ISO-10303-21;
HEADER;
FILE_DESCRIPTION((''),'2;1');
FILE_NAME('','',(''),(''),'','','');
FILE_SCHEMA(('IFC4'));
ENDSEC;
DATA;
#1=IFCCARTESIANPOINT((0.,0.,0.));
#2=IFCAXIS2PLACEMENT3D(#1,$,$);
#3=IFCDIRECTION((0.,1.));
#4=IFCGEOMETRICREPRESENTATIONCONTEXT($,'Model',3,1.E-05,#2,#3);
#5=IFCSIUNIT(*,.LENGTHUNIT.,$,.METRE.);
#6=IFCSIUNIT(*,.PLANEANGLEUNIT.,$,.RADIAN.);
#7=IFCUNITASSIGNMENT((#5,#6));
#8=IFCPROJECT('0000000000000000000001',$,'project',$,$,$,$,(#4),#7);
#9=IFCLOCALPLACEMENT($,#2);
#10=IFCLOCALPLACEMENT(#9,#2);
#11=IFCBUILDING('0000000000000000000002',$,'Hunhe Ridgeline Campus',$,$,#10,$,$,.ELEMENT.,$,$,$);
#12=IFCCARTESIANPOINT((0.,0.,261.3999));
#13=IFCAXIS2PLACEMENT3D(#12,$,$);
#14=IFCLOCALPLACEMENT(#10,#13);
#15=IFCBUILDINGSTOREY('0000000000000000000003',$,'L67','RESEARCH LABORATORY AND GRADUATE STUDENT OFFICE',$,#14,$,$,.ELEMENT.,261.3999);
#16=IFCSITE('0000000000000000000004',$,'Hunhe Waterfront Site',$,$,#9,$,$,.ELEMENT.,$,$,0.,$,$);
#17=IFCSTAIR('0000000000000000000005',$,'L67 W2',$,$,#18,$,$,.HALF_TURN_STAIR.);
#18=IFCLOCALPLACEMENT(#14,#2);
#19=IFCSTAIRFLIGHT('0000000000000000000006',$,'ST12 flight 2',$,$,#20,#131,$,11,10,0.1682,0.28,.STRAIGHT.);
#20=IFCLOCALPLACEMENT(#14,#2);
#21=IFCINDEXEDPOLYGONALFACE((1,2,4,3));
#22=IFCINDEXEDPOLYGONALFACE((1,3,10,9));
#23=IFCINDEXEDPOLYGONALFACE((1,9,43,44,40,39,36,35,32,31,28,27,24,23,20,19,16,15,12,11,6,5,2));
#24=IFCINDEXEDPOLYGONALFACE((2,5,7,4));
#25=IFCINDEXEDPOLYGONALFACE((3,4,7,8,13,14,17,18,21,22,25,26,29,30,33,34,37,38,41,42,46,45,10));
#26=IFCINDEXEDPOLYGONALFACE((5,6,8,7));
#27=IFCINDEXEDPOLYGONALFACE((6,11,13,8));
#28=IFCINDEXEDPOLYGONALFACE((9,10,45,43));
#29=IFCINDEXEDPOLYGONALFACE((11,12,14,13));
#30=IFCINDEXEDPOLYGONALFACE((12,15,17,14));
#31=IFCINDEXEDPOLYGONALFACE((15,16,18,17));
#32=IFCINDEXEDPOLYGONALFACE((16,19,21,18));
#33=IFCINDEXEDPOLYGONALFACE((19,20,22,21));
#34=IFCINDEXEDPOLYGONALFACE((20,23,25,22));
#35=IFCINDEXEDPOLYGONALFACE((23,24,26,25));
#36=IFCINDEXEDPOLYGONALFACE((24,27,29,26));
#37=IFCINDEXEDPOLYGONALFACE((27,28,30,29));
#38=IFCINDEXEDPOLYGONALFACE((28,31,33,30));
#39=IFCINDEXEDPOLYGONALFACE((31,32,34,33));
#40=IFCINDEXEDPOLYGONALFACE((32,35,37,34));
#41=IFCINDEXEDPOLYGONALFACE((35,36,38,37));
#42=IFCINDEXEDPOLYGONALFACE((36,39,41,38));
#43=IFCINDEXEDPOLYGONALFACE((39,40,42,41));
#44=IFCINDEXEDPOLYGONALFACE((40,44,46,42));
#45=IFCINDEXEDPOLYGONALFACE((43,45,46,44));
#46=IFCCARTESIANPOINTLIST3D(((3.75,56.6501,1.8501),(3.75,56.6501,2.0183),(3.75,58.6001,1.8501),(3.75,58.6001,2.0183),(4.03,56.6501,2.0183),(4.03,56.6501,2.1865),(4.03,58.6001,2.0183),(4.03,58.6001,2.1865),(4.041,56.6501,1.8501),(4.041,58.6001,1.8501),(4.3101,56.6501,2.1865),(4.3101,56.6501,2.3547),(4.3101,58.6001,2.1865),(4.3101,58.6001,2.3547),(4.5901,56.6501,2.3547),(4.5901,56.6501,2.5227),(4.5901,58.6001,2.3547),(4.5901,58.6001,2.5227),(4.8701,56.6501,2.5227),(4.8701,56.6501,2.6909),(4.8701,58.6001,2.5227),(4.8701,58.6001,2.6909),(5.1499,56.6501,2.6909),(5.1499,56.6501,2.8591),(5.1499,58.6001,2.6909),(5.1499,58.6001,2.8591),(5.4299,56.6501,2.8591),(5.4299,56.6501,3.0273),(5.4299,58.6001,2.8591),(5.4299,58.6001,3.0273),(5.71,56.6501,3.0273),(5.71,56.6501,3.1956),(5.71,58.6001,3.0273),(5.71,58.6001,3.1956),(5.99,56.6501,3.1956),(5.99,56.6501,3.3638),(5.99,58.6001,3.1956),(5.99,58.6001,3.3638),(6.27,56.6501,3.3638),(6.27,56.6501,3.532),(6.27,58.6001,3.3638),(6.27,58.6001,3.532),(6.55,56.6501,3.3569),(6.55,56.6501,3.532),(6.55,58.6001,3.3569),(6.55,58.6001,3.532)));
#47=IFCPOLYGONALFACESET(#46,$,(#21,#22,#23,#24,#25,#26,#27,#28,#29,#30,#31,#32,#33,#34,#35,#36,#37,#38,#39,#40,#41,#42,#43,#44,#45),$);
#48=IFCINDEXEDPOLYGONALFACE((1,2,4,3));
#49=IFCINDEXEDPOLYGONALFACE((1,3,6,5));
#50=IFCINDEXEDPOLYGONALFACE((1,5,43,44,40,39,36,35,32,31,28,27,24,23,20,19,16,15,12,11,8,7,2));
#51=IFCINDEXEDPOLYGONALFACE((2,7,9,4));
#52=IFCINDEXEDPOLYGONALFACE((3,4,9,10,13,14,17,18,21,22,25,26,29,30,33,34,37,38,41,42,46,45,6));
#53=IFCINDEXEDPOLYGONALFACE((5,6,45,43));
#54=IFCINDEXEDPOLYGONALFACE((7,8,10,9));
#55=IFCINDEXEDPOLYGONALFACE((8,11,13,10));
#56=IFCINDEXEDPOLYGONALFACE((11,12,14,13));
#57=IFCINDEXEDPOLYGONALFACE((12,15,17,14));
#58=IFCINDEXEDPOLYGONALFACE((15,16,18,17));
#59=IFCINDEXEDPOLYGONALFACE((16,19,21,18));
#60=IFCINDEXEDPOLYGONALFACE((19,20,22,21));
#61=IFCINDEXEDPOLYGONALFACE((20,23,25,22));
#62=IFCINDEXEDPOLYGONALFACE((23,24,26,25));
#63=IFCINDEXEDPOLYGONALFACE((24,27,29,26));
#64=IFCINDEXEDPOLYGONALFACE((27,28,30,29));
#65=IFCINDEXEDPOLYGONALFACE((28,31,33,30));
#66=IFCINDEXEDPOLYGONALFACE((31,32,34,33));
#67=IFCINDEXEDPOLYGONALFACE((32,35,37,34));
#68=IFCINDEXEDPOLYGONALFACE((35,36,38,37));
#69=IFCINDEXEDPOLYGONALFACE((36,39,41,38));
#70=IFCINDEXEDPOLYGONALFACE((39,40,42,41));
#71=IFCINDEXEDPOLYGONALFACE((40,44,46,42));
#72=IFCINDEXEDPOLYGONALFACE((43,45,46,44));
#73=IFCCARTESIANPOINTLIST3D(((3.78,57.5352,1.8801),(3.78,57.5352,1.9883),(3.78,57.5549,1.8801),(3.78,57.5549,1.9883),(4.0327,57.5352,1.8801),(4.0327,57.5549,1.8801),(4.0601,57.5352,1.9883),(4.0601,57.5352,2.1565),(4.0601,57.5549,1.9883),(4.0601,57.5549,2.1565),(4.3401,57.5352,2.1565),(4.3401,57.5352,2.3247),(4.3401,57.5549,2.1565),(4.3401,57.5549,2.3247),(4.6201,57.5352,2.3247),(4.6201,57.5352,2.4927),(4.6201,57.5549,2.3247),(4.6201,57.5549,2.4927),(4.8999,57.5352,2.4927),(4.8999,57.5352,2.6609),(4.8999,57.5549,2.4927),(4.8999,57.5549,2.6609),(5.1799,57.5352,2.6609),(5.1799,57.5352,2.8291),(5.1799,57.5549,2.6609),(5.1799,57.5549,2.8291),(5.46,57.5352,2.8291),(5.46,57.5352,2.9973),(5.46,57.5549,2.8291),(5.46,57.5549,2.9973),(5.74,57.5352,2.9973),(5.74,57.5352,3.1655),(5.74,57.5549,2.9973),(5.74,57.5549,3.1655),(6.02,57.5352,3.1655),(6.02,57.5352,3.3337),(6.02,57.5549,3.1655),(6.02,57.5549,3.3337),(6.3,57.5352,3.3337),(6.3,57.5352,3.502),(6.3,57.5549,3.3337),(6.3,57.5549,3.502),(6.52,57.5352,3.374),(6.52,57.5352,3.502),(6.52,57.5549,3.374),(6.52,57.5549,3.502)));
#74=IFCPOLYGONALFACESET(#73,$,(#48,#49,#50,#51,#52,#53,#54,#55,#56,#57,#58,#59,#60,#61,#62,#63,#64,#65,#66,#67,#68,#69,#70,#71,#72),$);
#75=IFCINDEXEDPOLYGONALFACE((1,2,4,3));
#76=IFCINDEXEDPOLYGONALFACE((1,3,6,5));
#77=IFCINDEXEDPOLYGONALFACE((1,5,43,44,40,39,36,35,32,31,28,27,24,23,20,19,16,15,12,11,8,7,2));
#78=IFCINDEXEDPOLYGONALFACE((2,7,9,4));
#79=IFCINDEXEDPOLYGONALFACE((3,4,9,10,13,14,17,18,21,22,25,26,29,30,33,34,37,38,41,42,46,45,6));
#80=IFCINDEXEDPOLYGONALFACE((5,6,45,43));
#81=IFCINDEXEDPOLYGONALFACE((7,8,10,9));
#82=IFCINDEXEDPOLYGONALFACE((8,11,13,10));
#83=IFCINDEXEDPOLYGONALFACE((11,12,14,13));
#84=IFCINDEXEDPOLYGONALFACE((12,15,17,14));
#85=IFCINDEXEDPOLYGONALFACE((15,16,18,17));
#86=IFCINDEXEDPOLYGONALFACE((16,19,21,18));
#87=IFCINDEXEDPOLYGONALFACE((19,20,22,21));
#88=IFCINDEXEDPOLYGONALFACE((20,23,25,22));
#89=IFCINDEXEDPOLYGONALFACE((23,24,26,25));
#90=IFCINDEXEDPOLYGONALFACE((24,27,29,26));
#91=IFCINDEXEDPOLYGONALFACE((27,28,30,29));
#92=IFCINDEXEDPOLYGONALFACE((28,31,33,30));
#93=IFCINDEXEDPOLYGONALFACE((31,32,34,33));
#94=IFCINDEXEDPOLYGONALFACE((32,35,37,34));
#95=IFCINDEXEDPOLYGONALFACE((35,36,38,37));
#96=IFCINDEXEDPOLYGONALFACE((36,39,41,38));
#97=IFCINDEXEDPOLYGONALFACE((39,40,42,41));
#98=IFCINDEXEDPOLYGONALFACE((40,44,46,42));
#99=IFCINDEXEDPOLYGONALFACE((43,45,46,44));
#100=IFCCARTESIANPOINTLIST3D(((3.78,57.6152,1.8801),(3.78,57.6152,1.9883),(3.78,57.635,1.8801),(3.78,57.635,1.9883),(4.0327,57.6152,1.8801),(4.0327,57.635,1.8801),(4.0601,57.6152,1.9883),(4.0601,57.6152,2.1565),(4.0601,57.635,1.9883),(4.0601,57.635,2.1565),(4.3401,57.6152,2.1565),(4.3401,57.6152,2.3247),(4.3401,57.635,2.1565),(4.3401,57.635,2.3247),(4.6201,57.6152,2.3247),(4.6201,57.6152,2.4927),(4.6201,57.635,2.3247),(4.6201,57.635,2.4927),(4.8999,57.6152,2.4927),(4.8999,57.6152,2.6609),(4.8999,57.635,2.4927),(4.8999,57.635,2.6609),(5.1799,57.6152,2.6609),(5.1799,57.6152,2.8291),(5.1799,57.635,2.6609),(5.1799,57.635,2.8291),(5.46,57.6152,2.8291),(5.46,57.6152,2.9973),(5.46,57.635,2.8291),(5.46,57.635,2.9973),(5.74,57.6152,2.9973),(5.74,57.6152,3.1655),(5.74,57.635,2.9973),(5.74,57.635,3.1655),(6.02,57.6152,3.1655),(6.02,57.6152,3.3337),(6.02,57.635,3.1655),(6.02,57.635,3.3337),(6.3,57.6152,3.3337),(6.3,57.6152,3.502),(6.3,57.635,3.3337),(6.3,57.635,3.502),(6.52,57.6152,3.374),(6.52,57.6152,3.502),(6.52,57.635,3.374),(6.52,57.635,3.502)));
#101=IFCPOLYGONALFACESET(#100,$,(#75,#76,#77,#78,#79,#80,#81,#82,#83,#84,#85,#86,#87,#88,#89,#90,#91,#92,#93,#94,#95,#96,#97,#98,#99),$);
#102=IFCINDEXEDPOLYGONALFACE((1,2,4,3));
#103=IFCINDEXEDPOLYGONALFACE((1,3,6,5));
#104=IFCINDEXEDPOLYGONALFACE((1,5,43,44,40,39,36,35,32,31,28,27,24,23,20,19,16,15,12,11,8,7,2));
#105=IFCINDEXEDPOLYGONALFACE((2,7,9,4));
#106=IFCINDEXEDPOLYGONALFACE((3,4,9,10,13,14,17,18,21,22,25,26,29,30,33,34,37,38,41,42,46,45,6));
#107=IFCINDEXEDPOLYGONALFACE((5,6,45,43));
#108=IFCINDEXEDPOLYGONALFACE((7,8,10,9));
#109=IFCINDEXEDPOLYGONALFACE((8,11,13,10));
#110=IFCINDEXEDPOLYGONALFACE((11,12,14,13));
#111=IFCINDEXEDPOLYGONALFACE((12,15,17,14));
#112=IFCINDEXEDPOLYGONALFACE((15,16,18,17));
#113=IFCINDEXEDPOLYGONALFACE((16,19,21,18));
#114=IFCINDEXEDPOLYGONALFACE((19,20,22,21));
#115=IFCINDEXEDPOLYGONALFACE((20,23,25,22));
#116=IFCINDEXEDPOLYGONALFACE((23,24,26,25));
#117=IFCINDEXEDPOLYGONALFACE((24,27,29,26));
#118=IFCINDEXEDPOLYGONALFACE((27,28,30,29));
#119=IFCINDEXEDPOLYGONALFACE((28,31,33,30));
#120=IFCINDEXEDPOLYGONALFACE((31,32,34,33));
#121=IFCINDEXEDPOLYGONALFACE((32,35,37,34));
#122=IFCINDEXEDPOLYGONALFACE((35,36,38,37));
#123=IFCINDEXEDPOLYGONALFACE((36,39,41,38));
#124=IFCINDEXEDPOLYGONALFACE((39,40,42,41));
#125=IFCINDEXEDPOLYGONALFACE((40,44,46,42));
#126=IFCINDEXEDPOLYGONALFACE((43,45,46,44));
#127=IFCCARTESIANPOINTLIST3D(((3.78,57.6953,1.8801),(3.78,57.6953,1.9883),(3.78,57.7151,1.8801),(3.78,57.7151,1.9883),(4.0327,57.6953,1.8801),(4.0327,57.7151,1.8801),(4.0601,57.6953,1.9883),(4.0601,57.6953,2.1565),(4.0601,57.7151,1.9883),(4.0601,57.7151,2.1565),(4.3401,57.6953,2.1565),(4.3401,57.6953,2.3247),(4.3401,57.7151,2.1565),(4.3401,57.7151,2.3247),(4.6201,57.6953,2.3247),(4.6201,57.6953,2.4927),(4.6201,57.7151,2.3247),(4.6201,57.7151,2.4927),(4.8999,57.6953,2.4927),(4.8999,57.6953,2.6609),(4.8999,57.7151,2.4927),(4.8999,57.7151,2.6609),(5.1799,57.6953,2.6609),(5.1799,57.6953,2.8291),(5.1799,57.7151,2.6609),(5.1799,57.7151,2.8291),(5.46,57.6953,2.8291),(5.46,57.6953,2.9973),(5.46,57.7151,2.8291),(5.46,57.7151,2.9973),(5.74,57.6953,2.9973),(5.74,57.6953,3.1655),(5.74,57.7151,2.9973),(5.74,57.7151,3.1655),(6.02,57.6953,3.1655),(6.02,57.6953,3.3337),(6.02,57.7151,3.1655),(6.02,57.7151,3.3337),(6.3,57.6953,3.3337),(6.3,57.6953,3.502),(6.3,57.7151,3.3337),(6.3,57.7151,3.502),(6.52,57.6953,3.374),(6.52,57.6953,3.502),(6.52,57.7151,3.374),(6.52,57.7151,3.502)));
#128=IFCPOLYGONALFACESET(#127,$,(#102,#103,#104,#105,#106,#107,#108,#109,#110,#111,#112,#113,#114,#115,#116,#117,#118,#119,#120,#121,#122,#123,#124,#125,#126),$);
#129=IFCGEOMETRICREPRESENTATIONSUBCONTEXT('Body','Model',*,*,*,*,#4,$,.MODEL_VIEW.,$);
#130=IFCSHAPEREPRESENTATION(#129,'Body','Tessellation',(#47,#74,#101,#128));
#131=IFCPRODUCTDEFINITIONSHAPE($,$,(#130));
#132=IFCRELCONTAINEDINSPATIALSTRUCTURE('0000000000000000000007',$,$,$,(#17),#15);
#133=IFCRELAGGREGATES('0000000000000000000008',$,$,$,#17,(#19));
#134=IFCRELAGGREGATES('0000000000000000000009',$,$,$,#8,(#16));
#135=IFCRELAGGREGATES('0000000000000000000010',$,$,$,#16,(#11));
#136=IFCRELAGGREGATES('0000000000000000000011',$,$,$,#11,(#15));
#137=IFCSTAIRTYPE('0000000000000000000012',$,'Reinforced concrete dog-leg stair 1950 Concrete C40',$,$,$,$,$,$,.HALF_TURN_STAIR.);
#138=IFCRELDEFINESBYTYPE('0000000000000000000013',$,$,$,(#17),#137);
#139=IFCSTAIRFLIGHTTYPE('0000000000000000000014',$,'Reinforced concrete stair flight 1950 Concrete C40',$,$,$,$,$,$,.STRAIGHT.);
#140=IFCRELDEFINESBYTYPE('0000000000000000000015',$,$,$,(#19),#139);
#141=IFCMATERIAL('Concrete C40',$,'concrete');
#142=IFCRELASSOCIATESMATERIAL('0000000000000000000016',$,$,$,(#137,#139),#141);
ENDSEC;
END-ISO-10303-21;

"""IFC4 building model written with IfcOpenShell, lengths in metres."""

from ifc_helpers import new_model, si_unit, direction, frame, origin, place, context, subcontext, project, spatial, polyline, outline, extrude, material, type_object, element, aggregate, save


model = new_model("IFC4")

# Units and contexts
model_context = context("Model", 3, precision=1e-05, world=origin(), true_north=direction((0.0, 1.0)))
body_context = subcontext(model_context, "Body", "Model", "MODEL_VIEW")
ifc_project = project(units=[si_unit("LENGTHUNIT", "METRE"), si_unit("PLANEANGLEUNIT", "RADIAN")], contexts=[model_context])

# Site, building, storey
site_placement = place(None, origin())
site = spatial("IfcSite", under=ifc_project, at=site_placement, Name="Hunhe Waterfront Site", CompositionType="ELEMENT", RefElevation=0.0)
building_placement = place(site_placement, origin())
building = spatial("IfcBuilding", under=site, at=building_placement, Name="Hunhe Ridgeline Campus", CompositionType="ELEMENT")
storey_placement = place(building_placement, frame((0.0, 0.0, 261.3999)))
storey = spatial("IfcBuildingStorey", under=building, at=storey_placement, Name="L67", Description="RESEARCH LABORATORY AND GRADUATE STUDENT OFFICE", CompositionType="ELEMENT", Elevation=261.3999)

# Shared definitions
ifc_material_1 = material(Name="Concrete C40", Category="concrete")
stair_type = type_object("IfcStairType", Name="Reinforced concrete dog-leg stair 1950 Concrete C40", PredefinedType="HALF_TURN_STAIR", material=ifc_material_1)
stair_flight_type = type_object("IfcStairFlightType", Name="Reinforced concrete stair flight 1950 Concrete C40", PredefinedType="STRAIGHT", material=ifc_material_1)

# Stair, stair flight
stair_1_placement = place(storey_placement, origin())
stair_1 = element("IfcStair", 1, at=stair_1_placement, inside=storey, type_object=stair_type, Name="L67 W2", PredefinedType="HALF_TURN_STAIR")
stair_flight_1_placement = place(storey_placement, frame((3.75, 57.625, 1.8501), z_axis=(0.0, 0.0, 1.0), x_axis=(1.0, 0.0, 0.0)))
stair_flight_1 = element("IfcStairFlight", 2, at=stair_flight_1_placement, type_object=stair_flight_type, Name="ST12 flight 2", NumberOfRisers=11, NumberOfTreads=10, PredefinedType="STRAIGHT", RiserHeight=0.1682, TreadLength=0.28, context=body_context, shape_type="SweptSolid", body=[
    extrude(outline(polyline([(0.0, 0.0), (0.0, 0.1682), (0.28, 0.1682), (0.28, 0.3364), (0.5601, 0.3364), (0.5601, 0.5046), (0.8401, 0.5046), (0.8401, 0.6726), (1.1201, 0.6726), (1.1201, 0.8408), (1.3999, 0.8408), (1.3999, 1.009), (1.6799, 1.009), (1.6799, 1.1772), (1.96, 1.1772), (1.96, 1.3455), (2.24, 1.3455), (2.24, 1.5137), (2.52, 1.5137), (2.52, 1.6819), (2.8, 1.6819), (2.8, 1.8501), (2.8, 1.5068), (0.291, 0.0), (0.0, 0.0)])), frame((0.0, 0.9751, 0.0), z_axis=(0.0, -1.0, 0.0), x_axis=(1.0, 0.0, 0.0)), (0.0, 0.0, 1.0), 1.95),
    extrude(outline(polyline([(0.03, 0.03), (0.03, 0.1382), (0.3101, 0.1382), (0.3101, 0.3064), (0.5901, 0.3064), (0.5901, 0.4746), (0.8701, 0.4746), (0.8701, 0.6426), (1.1499, 0.6426), (1.1499, 0.8108), (1.4299, 0.8108), (1.4299, 0.979), (1.71, 0.979), (1.71, 1.1472), (1.99, 1.1472), (1.99, 1.3154), (2.27, 1.3154), (2.27, 1.4836), (2.55, 1.4836), (2.55, 1.6519), (2.77, 1.6519), (2.77, 1.5239), (0.2827, 0.03), (0.03, 0.03)])), frame((0.0, -0.0701, 0.0), z_axis=(0.0, -1.0, 0.0), x_axis=(1.0, 0.0, 0.0)), (0.0, 0.0, 1.0), 0.0198),
    extrude(outline(polyline([(0.03, 0.03), (0.03, 0.1382), (0.3101, 0.1382), (0.3101, 0.3064), (0.5901, 0.3064), (0.5901, 0.4746), (0.8701, 0.4746), (0.8701, 0.6426), (1.1499, 0.6426), (1.1499, 0.8108), (1.4299, 0.8108), (1.4299, 0.979), (1.71, 0.979), (1.71, 1.1472), (1.99, 1.1472), (1.99, 1.3154), (2.27, 1.3154), (2.27, 1.4836), (2.55, 1.4836), (2.55, 1.6519), (2.77, 1.6519), (2.77, 1.5239), (0.2827, 0.03), (0.03, 0.03)])), frame((0.0, 0.01, 0.0), z_axis=(0.0, -1.0, 0.0), x_axis=(1.0, 0.0, 0.0)), (0.0, 0.0, 1.0), 0.0198),
    extrude(outline(polyline([(0.03, 0.03), (0.03, 0.1382), (0.3101, 0.1382), (0.3101, 0.3064), (0.5901, 0.3064), (0.5901, 0.4746), (0.8701, 0.4746), (0.8701, 0.6426), (1.1499, 0.6426), (1.1499, 0.8108), (1.4299, 0.8108), (1.4299, 0.979), (1.71, 0.979), (1.71, 1.1472), (1.99, 1.1472), (1.99, 1.3154), (2.27, 1.3154), (2.27, 1.4836), (2.55, 1.4836), (2.55, 1.6519), (2.77, 1.6519), (2.77, 1.5239), (0.2827, 0.03), (0.03, 0.03)])), frame((0.0, 0.0901, 0.0), z_axis=(0.0, -1.0, 0.0), x_axis=(1.0, 0.0, 0.0)), (0.0, 0.0, 1.0), 0.0198),
])
aggregate(stair_1, [stair_flight_1])

save(model, "model.ifc")
